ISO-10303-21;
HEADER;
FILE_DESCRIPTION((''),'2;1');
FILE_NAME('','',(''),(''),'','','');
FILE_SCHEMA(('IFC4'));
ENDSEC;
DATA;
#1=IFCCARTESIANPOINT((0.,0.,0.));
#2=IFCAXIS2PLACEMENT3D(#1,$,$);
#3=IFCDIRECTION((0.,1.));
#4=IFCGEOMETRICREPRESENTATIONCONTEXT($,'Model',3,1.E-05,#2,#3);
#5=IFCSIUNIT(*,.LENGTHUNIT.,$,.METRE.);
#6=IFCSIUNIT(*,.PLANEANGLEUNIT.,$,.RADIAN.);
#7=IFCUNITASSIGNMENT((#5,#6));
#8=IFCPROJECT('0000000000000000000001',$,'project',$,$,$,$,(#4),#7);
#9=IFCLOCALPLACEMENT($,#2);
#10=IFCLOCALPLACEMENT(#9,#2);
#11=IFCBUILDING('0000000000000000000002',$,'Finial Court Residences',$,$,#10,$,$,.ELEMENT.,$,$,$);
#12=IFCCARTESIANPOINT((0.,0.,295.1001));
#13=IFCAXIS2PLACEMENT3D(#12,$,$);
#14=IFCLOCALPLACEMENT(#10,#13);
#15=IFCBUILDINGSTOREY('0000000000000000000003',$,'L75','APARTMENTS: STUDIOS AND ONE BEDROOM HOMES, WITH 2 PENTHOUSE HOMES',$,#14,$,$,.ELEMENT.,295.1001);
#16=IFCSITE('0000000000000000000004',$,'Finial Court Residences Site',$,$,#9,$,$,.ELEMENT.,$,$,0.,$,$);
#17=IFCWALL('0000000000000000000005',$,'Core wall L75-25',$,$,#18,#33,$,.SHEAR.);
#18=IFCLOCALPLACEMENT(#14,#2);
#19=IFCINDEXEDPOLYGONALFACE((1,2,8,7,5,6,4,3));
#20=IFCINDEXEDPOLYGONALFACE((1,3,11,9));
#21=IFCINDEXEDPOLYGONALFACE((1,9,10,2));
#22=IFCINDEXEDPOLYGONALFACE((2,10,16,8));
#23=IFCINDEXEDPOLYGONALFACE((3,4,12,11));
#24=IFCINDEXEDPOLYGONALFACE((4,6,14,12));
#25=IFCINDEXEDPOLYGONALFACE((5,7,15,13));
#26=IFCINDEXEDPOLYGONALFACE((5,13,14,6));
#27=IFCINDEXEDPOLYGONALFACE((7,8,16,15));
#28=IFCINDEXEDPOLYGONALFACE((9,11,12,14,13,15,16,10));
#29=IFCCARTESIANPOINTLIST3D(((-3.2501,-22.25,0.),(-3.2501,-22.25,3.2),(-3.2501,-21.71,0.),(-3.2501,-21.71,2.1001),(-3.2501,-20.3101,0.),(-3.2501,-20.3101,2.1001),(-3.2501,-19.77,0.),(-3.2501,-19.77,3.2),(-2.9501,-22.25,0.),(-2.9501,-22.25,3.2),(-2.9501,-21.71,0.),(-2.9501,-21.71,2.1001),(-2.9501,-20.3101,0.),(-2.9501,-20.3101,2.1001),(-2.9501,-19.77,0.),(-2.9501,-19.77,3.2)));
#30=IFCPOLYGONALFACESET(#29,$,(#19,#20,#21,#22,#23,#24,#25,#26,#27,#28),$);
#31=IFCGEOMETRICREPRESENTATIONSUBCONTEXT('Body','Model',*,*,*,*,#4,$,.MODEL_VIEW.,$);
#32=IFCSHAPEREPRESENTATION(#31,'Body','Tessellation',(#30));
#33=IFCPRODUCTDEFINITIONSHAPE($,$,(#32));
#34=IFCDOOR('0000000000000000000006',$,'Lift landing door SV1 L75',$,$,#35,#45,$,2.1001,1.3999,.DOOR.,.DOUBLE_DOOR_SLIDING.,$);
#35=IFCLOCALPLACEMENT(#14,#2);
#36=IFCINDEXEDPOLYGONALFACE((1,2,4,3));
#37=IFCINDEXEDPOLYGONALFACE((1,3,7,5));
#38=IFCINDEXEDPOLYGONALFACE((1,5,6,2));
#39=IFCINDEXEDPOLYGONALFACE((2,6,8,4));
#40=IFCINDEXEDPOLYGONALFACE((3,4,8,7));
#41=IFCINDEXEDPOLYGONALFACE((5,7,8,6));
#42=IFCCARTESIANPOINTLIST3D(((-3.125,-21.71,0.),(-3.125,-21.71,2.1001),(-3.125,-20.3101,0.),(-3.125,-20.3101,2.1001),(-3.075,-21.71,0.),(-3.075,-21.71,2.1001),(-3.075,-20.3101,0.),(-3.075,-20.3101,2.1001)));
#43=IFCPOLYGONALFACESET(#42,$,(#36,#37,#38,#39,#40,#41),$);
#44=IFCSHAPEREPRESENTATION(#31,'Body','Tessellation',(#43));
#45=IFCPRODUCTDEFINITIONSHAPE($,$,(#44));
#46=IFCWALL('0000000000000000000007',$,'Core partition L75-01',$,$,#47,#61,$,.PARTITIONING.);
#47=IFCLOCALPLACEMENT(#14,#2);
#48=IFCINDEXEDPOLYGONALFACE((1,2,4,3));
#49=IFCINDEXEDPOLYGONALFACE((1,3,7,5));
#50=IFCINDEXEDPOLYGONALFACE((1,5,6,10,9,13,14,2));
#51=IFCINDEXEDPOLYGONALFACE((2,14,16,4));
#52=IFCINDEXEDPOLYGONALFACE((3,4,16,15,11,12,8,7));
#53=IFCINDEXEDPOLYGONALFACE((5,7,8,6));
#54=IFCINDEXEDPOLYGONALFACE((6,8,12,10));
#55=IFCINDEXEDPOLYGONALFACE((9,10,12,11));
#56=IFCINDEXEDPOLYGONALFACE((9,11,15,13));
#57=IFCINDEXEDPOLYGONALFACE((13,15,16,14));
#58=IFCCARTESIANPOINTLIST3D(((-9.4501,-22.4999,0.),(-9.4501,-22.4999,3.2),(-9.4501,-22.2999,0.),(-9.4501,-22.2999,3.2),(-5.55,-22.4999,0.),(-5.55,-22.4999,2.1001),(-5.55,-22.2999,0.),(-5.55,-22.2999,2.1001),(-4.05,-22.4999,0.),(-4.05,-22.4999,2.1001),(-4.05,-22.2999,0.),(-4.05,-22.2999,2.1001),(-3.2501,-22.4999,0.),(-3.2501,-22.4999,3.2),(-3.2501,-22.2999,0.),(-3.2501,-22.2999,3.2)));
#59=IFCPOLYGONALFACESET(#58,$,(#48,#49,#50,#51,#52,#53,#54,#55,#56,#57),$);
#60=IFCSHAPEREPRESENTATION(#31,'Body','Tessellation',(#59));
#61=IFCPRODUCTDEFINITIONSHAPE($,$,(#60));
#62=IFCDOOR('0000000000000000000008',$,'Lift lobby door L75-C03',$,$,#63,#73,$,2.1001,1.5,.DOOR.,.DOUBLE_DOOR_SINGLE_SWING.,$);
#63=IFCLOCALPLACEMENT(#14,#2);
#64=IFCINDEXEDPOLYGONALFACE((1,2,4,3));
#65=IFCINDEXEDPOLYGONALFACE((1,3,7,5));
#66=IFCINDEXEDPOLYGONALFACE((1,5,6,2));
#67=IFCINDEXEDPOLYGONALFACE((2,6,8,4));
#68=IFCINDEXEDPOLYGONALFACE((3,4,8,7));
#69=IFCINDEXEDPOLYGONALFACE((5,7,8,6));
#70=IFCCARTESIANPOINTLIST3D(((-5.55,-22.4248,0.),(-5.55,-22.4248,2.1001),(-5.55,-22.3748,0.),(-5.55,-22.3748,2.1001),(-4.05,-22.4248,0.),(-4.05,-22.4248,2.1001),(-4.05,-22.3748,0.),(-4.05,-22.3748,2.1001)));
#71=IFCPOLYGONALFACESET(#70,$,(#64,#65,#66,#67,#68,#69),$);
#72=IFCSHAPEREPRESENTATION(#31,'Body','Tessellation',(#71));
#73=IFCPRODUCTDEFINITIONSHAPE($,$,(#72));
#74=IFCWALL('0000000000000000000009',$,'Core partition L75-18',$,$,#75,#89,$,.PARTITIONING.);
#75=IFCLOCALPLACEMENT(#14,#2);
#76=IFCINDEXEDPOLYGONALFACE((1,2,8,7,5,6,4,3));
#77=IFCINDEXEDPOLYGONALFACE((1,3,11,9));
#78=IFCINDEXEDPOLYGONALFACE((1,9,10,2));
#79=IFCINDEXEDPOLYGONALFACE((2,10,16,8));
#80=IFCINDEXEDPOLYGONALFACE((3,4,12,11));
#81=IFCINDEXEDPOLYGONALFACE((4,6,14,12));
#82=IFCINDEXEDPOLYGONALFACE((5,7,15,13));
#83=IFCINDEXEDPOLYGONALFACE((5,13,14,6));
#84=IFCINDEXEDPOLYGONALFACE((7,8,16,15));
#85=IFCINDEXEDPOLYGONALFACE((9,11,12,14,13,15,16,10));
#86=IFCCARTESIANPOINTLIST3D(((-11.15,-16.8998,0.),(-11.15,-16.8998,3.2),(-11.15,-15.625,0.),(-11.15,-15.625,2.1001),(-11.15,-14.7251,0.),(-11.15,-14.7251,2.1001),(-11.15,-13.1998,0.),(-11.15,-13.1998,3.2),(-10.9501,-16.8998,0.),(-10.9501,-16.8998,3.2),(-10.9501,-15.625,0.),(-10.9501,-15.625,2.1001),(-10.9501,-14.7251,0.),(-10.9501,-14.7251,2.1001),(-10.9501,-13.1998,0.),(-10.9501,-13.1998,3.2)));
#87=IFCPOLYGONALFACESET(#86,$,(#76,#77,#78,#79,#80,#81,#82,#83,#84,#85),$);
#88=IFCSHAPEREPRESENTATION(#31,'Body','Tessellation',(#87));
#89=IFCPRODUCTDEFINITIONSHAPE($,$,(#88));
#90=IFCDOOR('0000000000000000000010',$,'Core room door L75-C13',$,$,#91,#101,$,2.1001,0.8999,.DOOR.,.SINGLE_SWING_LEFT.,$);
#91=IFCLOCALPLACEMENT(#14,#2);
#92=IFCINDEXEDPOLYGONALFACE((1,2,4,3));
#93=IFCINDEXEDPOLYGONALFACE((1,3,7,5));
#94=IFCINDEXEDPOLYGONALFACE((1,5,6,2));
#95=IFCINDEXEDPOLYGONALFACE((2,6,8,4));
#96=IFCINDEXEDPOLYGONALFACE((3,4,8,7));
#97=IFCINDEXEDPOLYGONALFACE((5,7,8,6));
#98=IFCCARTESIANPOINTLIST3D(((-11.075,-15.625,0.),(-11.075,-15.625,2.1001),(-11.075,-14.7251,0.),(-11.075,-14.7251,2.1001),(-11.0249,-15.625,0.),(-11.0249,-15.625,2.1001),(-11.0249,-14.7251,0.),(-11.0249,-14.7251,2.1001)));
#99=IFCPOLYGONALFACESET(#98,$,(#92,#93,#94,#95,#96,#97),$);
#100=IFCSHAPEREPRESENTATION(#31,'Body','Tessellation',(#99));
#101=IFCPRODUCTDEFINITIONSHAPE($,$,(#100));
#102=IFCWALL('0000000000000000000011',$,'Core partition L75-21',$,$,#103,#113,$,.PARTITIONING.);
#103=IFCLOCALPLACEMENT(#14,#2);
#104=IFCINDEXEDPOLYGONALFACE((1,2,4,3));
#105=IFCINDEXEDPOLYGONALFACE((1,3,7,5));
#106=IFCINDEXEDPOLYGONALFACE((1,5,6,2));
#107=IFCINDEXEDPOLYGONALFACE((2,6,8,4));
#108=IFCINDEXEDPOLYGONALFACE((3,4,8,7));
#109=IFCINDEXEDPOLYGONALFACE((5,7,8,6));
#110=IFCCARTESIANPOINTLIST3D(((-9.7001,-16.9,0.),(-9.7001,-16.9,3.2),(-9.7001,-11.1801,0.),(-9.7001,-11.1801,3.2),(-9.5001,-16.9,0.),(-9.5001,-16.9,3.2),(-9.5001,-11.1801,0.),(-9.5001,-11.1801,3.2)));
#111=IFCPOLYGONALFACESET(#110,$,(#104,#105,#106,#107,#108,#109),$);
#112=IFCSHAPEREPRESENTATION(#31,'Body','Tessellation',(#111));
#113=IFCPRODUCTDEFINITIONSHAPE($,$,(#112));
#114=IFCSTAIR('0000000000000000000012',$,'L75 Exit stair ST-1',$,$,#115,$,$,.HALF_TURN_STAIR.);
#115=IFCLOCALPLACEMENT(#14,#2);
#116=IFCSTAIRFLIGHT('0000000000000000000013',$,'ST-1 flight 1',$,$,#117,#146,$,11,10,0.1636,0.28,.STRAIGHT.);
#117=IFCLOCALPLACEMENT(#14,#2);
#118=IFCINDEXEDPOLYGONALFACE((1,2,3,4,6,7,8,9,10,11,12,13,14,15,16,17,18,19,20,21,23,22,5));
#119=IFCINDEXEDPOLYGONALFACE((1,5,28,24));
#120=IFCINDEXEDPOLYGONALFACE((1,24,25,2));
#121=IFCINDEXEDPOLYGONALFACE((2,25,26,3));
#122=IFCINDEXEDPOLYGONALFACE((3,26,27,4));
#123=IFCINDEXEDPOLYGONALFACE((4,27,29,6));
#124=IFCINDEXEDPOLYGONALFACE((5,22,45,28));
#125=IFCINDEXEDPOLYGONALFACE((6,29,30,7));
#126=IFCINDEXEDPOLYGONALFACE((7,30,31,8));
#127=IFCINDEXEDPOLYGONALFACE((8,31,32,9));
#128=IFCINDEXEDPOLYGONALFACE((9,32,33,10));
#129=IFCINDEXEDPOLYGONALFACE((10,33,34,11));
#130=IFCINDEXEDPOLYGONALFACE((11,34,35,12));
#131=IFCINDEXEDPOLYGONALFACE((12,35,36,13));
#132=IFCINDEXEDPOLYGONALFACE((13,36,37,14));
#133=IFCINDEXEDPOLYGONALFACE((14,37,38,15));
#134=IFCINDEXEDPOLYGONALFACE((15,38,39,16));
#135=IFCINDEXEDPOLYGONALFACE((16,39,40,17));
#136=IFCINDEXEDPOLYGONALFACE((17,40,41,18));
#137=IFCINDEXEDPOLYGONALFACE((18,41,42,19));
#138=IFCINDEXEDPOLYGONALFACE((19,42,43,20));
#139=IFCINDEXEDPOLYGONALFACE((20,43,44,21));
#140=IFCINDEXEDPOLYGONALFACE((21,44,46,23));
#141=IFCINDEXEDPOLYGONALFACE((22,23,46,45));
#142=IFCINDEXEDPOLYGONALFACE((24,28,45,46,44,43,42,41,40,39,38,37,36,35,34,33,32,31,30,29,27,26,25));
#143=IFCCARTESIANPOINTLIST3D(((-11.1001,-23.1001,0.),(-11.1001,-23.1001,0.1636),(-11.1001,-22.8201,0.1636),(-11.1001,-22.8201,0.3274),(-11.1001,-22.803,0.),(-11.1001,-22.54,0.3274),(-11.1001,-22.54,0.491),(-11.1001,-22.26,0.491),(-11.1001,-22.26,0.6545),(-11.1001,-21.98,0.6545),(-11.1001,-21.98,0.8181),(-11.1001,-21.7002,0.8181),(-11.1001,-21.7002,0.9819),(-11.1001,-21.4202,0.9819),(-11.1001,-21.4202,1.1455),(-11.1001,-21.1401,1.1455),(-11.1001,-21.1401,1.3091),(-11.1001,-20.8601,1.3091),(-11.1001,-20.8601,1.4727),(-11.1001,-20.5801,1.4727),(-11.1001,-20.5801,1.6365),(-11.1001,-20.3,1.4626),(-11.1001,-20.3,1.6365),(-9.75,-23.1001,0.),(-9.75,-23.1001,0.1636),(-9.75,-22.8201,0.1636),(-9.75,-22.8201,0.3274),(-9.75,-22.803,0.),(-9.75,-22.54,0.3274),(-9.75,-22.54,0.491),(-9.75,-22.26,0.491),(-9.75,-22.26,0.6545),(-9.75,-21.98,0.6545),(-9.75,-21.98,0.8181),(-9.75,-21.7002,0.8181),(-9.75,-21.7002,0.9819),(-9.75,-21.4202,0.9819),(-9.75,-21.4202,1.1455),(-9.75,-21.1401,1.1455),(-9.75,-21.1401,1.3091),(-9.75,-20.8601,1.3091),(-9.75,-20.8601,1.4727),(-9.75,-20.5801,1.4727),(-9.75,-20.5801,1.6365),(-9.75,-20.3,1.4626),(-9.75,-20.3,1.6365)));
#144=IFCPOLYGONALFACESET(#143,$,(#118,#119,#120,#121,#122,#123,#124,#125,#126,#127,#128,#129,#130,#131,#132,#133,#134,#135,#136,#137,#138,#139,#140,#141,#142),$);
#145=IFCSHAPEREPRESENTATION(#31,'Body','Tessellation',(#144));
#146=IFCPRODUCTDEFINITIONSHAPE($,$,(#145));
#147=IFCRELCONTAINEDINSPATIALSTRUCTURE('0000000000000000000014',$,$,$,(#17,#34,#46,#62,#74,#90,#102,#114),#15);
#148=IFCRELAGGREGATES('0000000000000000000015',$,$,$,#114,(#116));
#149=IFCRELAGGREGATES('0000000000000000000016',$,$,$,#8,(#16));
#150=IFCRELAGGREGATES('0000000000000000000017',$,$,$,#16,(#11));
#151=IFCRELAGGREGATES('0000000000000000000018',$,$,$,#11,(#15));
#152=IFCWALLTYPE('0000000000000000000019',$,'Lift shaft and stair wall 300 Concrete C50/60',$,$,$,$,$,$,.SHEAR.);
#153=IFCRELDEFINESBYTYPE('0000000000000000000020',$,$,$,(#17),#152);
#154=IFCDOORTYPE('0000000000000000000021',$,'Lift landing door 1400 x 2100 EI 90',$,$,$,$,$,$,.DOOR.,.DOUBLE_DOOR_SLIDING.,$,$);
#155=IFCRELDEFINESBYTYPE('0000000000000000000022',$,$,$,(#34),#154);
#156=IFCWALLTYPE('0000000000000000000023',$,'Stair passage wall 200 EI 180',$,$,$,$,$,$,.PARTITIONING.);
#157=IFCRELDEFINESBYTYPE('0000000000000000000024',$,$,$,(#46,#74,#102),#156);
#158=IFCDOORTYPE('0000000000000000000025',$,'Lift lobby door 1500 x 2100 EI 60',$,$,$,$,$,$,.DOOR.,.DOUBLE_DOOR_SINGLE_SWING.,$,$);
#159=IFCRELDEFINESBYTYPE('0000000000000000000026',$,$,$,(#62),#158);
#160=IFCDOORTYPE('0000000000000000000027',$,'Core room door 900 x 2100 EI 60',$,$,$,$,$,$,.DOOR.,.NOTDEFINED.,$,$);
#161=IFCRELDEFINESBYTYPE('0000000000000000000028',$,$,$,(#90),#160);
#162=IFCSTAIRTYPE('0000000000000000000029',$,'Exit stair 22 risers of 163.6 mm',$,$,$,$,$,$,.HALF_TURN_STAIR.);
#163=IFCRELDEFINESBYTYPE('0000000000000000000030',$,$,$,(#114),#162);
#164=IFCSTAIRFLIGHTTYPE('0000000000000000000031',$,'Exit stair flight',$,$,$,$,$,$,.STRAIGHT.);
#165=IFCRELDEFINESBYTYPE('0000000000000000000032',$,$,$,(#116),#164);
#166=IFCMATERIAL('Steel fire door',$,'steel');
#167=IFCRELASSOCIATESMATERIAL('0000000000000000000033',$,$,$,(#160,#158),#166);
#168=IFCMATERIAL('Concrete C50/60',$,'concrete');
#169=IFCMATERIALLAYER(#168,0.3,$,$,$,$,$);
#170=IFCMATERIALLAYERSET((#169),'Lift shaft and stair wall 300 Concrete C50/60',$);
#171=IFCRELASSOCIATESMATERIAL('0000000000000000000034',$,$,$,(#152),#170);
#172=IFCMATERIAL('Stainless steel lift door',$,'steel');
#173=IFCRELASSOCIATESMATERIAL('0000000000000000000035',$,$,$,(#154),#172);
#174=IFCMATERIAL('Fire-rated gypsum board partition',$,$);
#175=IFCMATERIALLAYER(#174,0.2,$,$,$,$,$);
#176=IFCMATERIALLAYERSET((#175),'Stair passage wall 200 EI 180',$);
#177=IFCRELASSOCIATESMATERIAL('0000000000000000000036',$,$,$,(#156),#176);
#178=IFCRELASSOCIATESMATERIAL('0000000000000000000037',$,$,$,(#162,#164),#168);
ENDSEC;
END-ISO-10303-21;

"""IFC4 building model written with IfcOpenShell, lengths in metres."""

from ifc_helpers import new_model, si_unit, direction, frame, frame_2d, origin, place, context, subcontext, project, spatial, polyline, rectangle, outline, extrude, material, layer, layer_set, type_object, element, fill, aggregate, save


model = new_model("IFC4")

# Units and contexts
model_context = context("Model", 3, precision=1e-05, world=origin(), true_north=direction((0.0, 1.0)))
body_context = subcontext(model_context, "Body", "Model", "MODEL_VIEW")
ifc_project = project(units=[si_unit("LENGTHUNIT", "METRE"), si_unit("PLANEANGLEUNIT", "RADIAN")], contexts=[model_context])

# Site, building, storey
site_placement = place(None, origin())
site = spatial("IfcSite", under=ifc_project, at=site_placement, Name="Finial Court Residences Site", CompositionType="ELEMENT", RefElevation=0.0)
building_placement = place(site_placement, origin())
building = spatial("IfcBuilding", under=site, at=building_placement, Name="Finial Court Residences", CompositionType="ELEMENT")
storey_placement = place(building_placement, frame((0.0, 0.0, 295.1001)))
storey = spatial("IfcBuildingStorey", under=building, at=storey_placement, Name="L75", Description="APARTMENTS: STUDIOS AND ONE BEDROOM HOMES, WITH 2 PENTHOUSE HOMES", CompositionType="ELEMENT", Elevation=295.1001)

# Shared definitions
ifc_material_1 = material(Name="Concrete C50/60", Category="concrete")
ifc_material_2 = material(Name="Fire-rated gypsum board partition")

# Shared definitions
ifc_material_3 = material(Name="Steel fire door", Category="steel")
door_type_1 = type_object("IfcDoorType", Name="Core room door 900 x 2100 EI 60", OperationType="NOTDEFINED", PredefinedType="DOOR", material=ifc_material_3)

# Shared definitions
ifc_layer_1 = layer(ifc_material_1, 0.3)
ifc_layer_set_1 = layer_set([ifc_layer_1], Name="Lift shaft and stair wall 300 Concrete C50/60")
wall_type_1 = type_object("IfcWallType", Name="Lift shaft and stair wall 300 Concrete C50/60", PredefinedType="SHEAR", material=ifc_layer_set_1)

# Walls, openings, doors
wall_1_placement = place(storey_placement, frame((-3.1001, -22.25, 0.0), z_axis=(0.0, 0.0, 1.0), x_axis=(0.0, 1.0, 0.0)))
wall_1 = element("IfcWall", 1, at=wall_1_placement, inside=storey, type_object=wall_type_1, Name="Core wall L75-25", PredefinedType="SHEAR", context=body_context, shape_type="SweptSolid", body=[
    extrude(rectangle(XDim=2.48, YDim=0.3, at=frame_2d((1.24, 0.0))), origin(), (0.0, 0.0, 1.0), 3.2),
])
opening_1_placement = place(wall_1_placement, frame((0.54, 0.0, 0.0)))
opening_1 = element("IfcOpeningElement", 2, at=opening_1_placement, cuts=wall_1, PredefinedType="OPENING", context=body_context, shape_type="SweptSolid", body=[
    extrude(rectangle(XDim=1.3999, YDim=2.1001, at=frame_2d((0.7, 1.05))), frame((0.0, 0.1599, 0.0), z_axis=(0.0, -1.0, 0.0), x_axis=(1.0, 0.0, 0.0)), (0.0, 0.0, 1.0), 0.3201),
])
ifc_material_4 = material(Name="Stainless steel lift door", Category="steel")
door_type_2 = type_object("IfcDoorType", Name="Lift landing door 1400 x 2100 EI 90", OperationType="DOUBLE_DOOR_SLIDING", PredefinedType="DOOR", material=ifc_material_4)
door_1_placement = place(opening_1_placement, origin())
door_1 = element("IfcDoor", 3, at=door_1_placement, inside=storey, type_object=door_type_2, Name="Lift landing door SV1 L75", OperationType="DOUBLE_DOOR_SLIDING", OverallHeight=2.1001, OverallWidth=1.3999, PredefinedType="DOOR", context=body_context, shape_type="SweptSolid", body=[
    extrude(rectangle(XDim=1.3999, YDim=2.1001, at=frame_2d((0.7, 1.05))), frame((0.0, 0.0249, 0.0), z_axis=(0.0, -1.0, 0.0), x_axis=(1.0, 0.0, 0.0)), (0.0, 0.0, 1.0), 0.05),
])
fill(opening_1, door_1)
ifc_layer_2 = layer(ifc_material_2, 0.2)
ifc_layer_set_2 = layer_set([ifc_layer_2], Name="Stair passage wall 200 EI 180")
wall_type_2 = type_object("IfcWallType", Name="Stair passage wall 200 EI 180", PredefinedType="PARTITIONING", material=ifc_layer_set_2)
wall_2_placement = place(storey_placement, frame((-3.25, -22.3999, 0.0), z_axis=(0.0, 0.0, 1.0), x_axis=(-1.0, 0.0, 0.0)))
wall_2 = element("IfcWall", 4, at=wall_2_placement, inside=storey, type_object=wall_type_2, Name="Core partition L75-01", PredefinedType="PARTITIONING", context=body_context, shape_type="SweptSolid", body=[
    extrude(rectangle(XDim=6.2, YDim=0.2, at=frame_2d((3.1001, 0.0))), origin(), (0.0, 0.0, 1.0), 3.2),
])
opening_2_placement = place(wall_2_placement, frame((0.8, 0.0, 0.0)))
opening_2 = element("IfcOpeningElement", 5, at=opening_2_placement, cuts=wall_2, PredefinedType="OPENING", context=body_context, shape_type="SweptSolid", body=[
    extrude(rectangle(XDim=1.5, YDim=2.1001, at=frame_2d((0.75, 1.05))), frame((0.0, 0.1099, 0.0), z_axis=(0.0, -1.0, 0.0), x_axis=(1.0, 0.0, 0.0)), (0.0, 0.0, 1.0), 0.22),
])
door_type_3 = type_object("IfcDoorType", Name="Lift lobby door 1500 x 2100 EI 60", OperationType="DOUBLE_DOOR_SINGLE_SWING", PredefinedType="DOOR", material=ifc_material_3)
door_2_placement = place(opening_2_placement, origin())
door_2 = element("IfcDoor", 6, at=door_2_placement, inside=storey, type_object=door_type_3, Name="Lift lobby door L75-C03", OperationType="DOUBLE_DOOR_SINGLE_SWING", OverallHeight=2.1001, OverallWidth=1.5, PredefinedType="DOOR", context=body_context, shape_type="SweptSolid", body=[
    extrude(rectangle(XDim=1.5, YDim=2.1001, at=frame_2d((0.75, 1.05))), frame((0.0, 0.0249, 0.0), z_axis=(0.0, -1.0, 0.0), x_axis=(1.0, 0.0, 0.0)), (0.0, 0.0, 1.0), 0.05),
])
fill(opening_2, door_2)
wall_3_placement = place(storey_placement, frame((-11.05, -16.8999, 0.0), z_axis=(0.0, 0.0, 1.0), x_axis=(0.0, 1.0, 0.0)))
wall_3 = element("IfcWall", 7, at=wall_3_placement, inside=storey, type_object=wall_type_2, Name="Core partition L75-18", PredefinedType="PARTITIONING", context=body_context, shape_type="SweptSolid", body=[
    extrude(rectangle(XDim=3.7, YDim=0.2, at=frame_2d((1.8501, 0.0))), origin(), (0.0, 0.0, 1.0), 3.2),
])
opening_3_placement = place(wall_3_placement, frame((1.2749, 0.0, 0.0)))
opening_3 = element("IfcOpeningElement", 8, at=opening_3_placement, cuts=wall_3, PredefinedType="OPENING", context=body_context, shape_type="SweptSolid", body=[
    extrude(rectangle(XDim=0.8999, YDim=2.1001, at=frame_2d((0.45, 1.05))), frame((0.0, 0.1099, 0.0), z_axis=(0.0, -1.0, 0.0), x_axis=(1.0, 0.0, 0.0)), (0.0, 0.0, 1.0), 0.22),
])
door_3_placement = place(opening_3_placement, origin())
door_3 = element("IfcDoor", 9, at=door_3_placement, inside=storey, type_object=door_type_1, Name="Core room door L75-C13", OperationType="SINGLE_SWING_LEFT", OverallHeight=2.1001, OverallWidth=0.8999, PredefinedType="DOOR", context=body_context, shape_type="SweptSolid", body=[
    extrude(rectangle(XDim=0.8999, YDim=2.1001, at=frame_2d((0.45, 1.05))), frame((0.0, 0.0249, 0.0), z_axis=(0.0, -1.0, 0.0), x_axis=(1.0, 0.0, 0.0)), (0.0, 0.0, 1.0), 0.05),
])
fill(opening_3, door_3)

# Wall
wall_4_placement = place(storey_placement, frame((-9.6001, -16.8999, 0.0), z_axis=(0.0, 0.0, 1.0), x_axis=(0.0, 1.0, 0.0)))
element("IfcWall", 10, at=wall_4_placement, inside=storey, type_object=wall_type_2, Name="Core partition L75-21", PredefinedType="PARTITIONING", context=body_context, shape_type="SweptSolid", body=[
    extrude(rectangle(XDim=5.72, YDim=0.2, at=frame_2d((2.8599, 0.0))), origin(), (0.0, 0.0, 1.0), 3.2),
])

# Stair, stair flight
stair_type = type_object("IfcStairType", Name="Exit stair 22 risers of 163.6 mm", PredefinedType="HALF_TURN_STAIR", material=ifc_material_1)
stair_placement = place(storey_placement, origin())
stair = element("IfcStair", 11, at=stair_placement, inside=storey, type_object=stair_type, Name="L75 Exit stair ST-1", PredefinedType="HALF_TURN_STAIR")
stair_flight_type = type_object("IfcStairFlightType", Name="Exit stair flight", PredefinedType="STRAIGHT", material=ifc_material_1)
stair_flight_1_placement = place(storey_placement, frame((-10.425, -23.1001, 0.0), z_axis=(0.0, 0.0, 1.0), x_axis=(0.0, 1.0, 0.0)))
stair_flight_1 = element("IfcStairFlight", 12, at=stair_flight_1_placement, type_object=stair_flight_type, Name="ST-1 flight 1", NumberOfRisers=11, NumberOfTreads=10, PredefinedType="STRAIGHT", RiserHeight=0.1636, TreadLength=0.28, context=body_context, shape_type="SweptSolid", body=[
    extrude(outline(polyline([(0.0, 0.0), (0.0, 0.1636), (0.28, 0.1636), (0.28, 0.3274), (0.5601, 0.3274), (0.5601, 0.491), (0.8401, 0.491), (0.8401, 0.6545), (1.1201, 0.6545), (1.1201, 0.8181), (1.3999, 0.8181), (1.3999, 0.9819), (1.6799, 0.9819), (1.6799, 1.1455), (1.96, 1.1455), (1.96, 1.3091), (2.24, 1.3091), (2.24, 1.4727), (2.52, 1.4727), (2.52, 1.6365), (2.8, 1.6365), (2.8, 1.8), (2.8, 1.4626), (0.2971, 0.0), (0.0, 0.0)])), frame((0.0, 0.675, 0.0), z_axis=(0.0, -1.0, 0.0), x_axis=(1.0, 0.0, 0.0)), (0.0, 0.0, 1.0), 1.3501),
])
aggregate(stair, [stair_flight_1])

save(model, "model.ifc")
